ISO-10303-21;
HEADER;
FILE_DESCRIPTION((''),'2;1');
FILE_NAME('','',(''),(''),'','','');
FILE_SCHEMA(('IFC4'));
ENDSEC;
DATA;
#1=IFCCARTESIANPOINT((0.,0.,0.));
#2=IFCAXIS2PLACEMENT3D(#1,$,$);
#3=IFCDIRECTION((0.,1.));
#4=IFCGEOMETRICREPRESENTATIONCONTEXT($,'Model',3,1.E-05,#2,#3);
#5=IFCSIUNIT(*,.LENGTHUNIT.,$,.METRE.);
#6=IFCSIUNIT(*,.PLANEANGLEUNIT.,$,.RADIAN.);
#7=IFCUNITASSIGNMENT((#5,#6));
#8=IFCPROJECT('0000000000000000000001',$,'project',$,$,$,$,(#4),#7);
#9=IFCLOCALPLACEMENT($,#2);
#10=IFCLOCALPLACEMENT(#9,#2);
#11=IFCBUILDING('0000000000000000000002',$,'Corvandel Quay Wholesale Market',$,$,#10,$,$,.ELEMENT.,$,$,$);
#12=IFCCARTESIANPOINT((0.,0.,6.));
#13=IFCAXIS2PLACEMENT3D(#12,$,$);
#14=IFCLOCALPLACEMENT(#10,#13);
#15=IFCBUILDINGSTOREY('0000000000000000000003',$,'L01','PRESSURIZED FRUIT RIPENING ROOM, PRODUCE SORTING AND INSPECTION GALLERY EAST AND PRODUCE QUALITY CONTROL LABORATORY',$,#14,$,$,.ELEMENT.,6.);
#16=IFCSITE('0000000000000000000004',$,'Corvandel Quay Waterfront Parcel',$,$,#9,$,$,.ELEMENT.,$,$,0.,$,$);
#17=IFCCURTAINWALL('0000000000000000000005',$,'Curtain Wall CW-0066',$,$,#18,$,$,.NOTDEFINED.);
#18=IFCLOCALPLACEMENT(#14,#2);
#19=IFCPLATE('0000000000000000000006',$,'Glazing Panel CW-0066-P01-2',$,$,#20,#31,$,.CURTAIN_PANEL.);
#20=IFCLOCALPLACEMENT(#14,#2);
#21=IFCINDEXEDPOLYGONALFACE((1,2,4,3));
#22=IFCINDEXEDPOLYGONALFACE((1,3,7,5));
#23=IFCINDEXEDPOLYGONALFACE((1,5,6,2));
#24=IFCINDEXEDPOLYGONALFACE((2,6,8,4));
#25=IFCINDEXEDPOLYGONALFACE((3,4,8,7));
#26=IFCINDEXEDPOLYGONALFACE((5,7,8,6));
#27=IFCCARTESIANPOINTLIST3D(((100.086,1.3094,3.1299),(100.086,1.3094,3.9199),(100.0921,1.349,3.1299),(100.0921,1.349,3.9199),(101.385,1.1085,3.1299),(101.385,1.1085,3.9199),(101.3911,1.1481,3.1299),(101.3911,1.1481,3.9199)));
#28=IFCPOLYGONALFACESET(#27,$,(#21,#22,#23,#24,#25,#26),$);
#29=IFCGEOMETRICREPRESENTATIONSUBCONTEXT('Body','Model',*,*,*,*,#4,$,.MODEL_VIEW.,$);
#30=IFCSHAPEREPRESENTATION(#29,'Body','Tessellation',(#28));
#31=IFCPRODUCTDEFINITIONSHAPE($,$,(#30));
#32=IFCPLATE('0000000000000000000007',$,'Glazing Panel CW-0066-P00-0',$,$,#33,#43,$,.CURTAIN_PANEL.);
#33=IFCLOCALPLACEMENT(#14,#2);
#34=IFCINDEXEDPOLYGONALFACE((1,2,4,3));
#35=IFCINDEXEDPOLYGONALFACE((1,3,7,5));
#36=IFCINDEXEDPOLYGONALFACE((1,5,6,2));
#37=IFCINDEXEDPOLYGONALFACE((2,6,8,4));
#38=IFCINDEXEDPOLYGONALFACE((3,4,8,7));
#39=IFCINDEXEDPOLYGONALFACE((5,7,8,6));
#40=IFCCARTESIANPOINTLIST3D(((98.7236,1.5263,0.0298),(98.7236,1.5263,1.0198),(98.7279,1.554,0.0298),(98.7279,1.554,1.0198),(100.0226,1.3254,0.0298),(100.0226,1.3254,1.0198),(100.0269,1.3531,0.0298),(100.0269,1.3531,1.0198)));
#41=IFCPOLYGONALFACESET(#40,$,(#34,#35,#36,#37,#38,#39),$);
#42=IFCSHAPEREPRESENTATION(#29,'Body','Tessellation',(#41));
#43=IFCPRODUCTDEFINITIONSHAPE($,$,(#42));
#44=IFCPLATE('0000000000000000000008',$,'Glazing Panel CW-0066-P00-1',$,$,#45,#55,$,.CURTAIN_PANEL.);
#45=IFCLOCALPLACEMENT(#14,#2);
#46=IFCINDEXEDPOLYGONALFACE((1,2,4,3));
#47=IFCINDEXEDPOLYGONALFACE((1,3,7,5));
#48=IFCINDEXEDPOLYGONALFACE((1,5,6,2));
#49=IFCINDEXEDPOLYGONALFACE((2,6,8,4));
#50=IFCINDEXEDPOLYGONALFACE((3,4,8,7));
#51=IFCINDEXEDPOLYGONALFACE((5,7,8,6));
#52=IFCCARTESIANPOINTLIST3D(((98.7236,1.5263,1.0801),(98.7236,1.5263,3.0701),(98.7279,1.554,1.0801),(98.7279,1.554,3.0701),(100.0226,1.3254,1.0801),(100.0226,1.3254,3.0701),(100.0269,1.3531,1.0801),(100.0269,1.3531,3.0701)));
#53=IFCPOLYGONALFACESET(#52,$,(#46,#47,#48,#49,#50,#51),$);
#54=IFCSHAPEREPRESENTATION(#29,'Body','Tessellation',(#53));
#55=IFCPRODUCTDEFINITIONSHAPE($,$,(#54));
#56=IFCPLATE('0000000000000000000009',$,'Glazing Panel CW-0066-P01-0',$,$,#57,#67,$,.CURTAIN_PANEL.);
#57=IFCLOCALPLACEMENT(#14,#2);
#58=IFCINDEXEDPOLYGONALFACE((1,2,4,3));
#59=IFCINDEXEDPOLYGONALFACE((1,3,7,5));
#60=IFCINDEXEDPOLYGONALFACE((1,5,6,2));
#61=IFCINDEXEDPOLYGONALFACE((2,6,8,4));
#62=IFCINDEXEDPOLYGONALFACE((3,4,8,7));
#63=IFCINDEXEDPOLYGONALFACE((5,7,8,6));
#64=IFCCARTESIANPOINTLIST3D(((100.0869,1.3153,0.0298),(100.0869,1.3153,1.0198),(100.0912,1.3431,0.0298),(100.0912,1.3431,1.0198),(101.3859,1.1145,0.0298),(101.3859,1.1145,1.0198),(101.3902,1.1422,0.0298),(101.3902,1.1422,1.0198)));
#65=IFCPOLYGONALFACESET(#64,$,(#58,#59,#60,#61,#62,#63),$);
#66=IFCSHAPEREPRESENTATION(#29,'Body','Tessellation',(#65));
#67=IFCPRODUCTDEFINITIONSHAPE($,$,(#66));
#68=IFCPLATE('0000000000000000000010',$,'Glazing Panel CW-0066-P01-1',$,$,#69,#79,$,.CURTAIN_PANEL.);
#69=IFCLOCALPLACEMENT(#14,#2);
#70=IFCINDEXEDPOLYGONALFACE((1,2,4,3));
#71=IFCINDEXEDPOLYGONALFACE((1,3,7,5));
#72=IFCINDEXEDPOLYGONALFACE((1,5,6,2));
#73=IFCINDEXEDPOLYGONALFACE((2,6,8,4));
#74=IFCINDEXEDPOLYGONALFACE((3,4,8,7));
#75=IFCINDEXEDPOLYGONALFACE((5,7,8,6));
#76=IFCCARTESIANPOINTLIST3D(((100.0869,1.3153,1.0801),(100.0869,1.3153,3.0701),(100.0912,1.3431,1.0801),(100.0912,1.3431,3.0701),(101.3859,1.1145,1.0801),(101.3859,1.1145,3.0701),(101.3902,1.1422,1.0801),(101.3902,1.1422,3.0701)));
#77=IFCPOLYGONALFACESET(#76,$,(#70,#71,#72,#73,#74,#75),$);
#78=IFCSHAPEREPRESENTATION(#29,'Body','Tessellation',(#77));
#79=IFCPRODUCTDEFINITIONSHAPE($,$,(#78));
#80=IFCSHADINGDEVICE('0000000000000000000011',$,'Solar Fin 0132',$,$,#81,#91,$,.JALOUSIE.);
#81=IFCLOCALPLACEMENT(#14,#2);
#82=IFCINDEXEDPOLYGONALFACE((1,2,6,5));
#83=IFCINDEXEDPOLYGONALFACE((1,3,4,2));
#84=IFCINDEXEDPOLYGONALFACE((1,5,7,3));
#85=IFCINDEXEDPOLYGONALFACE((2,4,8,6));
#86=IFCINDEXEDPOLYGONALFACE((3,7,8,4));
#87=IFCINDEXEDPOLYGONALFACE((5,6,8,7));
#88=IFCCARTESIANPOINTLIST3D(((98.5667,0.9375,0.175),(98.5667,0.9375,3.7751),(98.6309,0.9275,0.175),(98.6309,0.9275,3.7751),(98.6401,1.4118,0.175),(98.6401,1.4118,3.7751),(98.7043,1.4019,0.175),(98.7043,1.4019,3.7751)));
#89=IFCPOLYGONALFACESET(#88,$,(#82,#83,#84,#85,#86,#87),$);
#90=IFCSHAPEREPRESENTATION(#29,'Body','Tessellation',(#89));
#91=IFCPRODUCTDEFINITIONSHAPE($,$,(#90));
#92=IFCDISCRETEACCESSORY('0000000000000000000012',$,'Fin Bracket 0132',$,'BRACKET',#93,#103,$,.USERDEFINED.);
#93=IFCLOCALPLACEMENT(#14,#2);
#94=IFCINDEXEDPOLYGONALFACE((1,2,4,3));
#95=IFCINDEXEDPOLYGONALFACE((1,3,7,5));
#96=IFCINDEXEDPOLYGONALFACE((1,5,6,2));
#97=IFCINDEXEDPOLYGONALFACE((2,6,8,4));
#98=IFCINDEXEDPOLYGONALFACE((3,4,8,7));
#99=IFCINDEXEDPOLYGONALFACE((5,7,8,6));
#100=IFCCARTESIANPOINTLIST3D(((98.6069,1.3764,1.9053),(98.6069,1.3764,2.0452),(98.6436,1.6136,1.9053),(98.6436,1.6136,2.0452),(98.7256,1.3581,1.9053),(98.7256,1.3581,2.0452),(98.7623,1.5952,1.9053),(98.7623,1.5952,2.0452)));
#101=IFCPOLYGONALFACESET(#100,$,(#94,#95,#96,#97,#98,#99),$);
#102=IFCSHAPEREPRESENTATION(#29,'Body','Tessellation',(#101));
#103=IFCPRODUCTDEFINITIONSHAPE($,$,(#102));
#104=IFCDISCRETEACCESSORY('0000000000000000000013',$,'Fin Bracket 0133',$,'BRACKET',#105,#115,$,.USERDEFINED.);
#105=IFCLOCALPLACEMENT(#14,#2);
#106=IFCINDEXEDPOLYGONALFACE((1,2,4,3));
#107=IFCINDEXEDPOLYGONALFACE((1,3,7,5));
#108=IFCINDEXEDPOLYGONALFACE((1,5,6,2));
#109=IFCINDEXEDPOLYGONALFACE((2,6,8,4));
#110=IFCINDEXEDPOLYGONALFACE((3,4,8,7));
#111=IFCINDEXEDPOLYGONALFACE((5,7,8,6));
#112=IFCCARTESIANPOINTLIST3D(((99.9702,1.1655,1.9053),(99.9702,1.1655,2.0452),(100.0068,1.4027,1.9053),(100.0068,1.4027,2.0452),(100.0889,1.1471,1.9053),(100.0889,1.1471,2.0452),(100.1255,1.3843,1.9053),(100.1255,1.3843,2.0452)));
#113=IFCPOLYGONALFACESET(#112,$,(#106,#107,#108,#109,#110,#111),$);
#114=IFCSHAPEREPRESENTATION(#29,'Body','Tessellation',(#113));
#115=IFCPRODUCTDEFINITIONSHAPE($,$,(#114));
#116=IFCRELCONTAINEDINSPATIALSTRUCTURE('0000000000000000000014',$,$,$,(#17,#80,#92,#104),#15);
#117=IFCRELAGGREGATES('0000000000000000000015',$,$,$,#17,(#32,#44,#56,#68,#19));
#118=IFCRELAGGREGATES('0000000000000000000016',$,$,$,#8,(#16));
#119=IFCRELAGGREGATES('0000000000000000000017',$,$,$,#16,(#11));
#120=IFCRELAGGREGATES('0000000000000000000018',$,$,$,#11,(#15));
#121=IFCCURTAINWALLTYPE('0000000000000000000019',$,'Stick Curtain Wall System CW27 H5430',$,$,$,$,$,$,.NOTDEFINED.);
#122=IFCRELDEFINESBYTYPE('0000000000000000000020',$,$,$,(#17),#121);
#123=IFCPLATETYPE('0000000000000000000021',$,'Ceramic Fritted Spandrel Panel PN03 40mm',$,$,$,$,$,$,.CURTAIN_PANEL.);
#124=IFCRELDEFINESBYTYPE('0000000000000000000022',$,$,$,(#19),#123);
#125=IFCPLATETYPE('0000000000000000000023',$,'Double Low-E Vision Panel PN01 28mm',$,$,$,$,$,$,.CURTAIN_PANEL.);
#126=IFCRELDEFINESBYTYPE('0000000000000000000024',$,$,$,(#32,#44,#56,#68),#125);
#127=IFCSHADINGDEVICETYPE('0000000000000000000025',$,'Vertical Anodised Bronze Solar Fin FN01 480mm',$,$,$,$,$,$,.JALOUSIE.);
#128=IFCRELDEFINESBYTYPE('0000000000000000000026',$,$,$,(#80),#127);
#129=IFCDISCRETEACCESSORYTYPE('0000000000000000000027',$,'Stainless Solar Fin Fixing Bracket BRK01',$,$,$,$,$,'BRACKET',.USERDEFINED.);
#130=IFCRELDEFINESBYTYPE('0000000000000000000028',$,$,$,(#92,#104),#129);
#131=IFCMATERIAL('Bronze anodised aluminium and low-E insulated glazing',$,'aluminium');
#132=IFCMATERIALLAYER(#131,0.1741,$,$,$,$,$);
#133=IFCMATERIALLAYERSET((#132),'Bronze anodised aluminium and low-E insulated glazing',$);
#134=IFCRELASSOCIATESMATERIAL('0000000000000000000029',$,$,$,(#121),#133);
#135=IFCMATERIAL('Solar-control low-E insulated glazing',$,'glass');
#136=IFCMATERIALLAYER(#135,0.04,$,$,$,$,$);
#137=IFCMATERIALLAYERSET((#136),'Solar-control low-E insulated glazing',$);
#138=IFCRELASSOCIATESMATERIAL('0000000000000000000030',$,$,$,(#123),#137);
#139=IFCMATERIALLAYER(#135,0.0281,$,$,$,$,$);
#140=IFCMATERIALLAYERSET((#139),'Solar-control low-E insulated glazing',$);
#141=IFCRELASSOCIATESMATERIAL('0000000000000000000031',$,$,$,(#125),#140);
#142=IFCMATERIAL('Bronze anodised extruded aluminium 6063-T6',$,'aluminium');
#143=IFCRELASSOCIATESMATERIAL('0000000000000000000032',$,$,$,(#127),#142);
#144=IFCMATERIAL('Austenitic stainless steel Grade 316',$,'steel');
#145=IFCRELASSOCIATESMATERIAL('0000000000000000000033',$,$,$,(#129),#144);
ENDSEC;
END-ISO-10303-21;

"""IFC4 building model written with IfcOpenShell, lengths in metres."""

from ifc_helpers import new_model, si_unit, direction, frame, origin, origin_2d, place, context, subcontext, project, spatial, rectangle, extrude, material, layer, layer_set, type_object, element, aggregate, save


model = new_model("IFC4")

# Units and contexts
model_context = context("Model", 3, precision=1e-05, world=origin(), true_north=direction((0.0, 1.0)))
body_context = subcontext(model_context, "Body", "Model", "MODEL_VIEW")
ifc_project = project(units=[si_unit("LENGTHUNIT", "METRE"), si_unit("PLANEANGLEUNIT", "RADIAN")], contexts=[model_context])

# Site, building, storey
site_placement = place(None, origin())
site = spatial("IfcSite", under=ifc_project, at=site_placement, Name="Corvandel Quay Waterfront Parcel", CompositionType="ELEMENT", RefElevation=0.0)
building_placement = place(site_placement, origin())
building = spatial("IfcBuilding", under=site, at=building_placement, Name="Corvandel Quay Wholesale Market", CompositionType="ELEMENT")
storey_placement = place(building_placement, frame((0.0, 0.0, 6.0)))
storey = spatial("IfcBuildingStorey", under=building, at=storey_placement, Name="L01", Description="PRESSURIZED FRUIT RIPENING ROOM, PRODUCE SORTING AND INSPECTION GALLERY EAST AND PRODUCE QUALITY CONTROL LABORATORY", CompositionType="ELEMENT", Elevation=6.0)

# Curtain wall, plates
ifc_material_1 = material(Name="Bronze anodised aluminium and low-E insulated glazing", Category="aluminium")
ifc_layer_1 = layer(ifc_material_1, 0.1741)
ifc_layer_set_1 = layer_set([ifc_layer_1], Name="Bronze anodised aluminium and low-E insulated glazing")
curtain_wall_type = type_object("IfcCurtainWallType", Name="Stick Curtain Wall System CW27 H5430", PredefinedType="NOTDEFINED", material=ifc_layer_set_1)
curtain_wall_placement = place(storey_placement, origin())
curtain_wall = element("IfcCurtainWall", 1, at=curtain_wall_placement, inside=storey, type_object=curtain_wall_type, Name="Curtain Wall CW-0066", PredefinedType="NOTDEFINED")
ifc_material_2 = material(Name="Solar-control low-E insulated glazing", Category="glass")
ifc_layer_2 = layer(ifc_material_2, 0.04)
ifc_layer_set_2 = layer_set([ifc_layer_2], Name="Solar-control low-E insulated glazing")
plate_type_1 = type_object("IfcPlateType", Name="Ceramic Fritted Spandrel Panel PN03 40mm", PredefinedType="CURTAIN_PANEL", material=ifc_layer_set_2)
plate_1_placement = place(storey_placement, frame((100.7385, 1.2288, 3.1299), z_axis=(0.0, 0.0, 1.0), x_axis=(-0.988255, 0.152813, 0.0)))
plate_1 = element("IfcPlate", 2, at=plate_1_placement, type_object=plate_type_1, Name="Glazing Panel CW-0066-P01-2", PredefinedType="CURTAIN_PANEL", context=body_context, shape_type="SweptSolid", body=[
    extrude(rectangle(XDim=1.3145, YDim=0.04, at=origin_2d()), origin(), (0.0, 0.0, 1.0), 0.79),
])
ifc_layer_3 = layer(ifc_material_2, 0.0281)
ifc_layer_set_3 = layer_set([ifc_layer_3], Name="Solar-control low-E insulated glazing")
plate_type_2 = type_object("IfcPlateType", Name="Double Low-E Vision Panel PN01 28mm", PredefinedType="CURTAIN_PANEL", material=ifc_layer_set_3)
plate_2_placement = place(storey_placement, frame((99.3752, 1.4397, 0.0298), z_axis=(0.0, 0.0, 1.0), x_axis=(-0.988255, 0.152813, 0.0)))
plate_2 = element("IfcPlate", 3, at=plate_2_placement, type_object=plate_type_2, Name="Glazing Panel CW-0066-P00-0", PredefinedType="CURTAIN_PANEL", context=body_context, shape_type="SweptSolid", body=[
    extrude(rectangle(XDim=1.3145, YDim=0.0281, at=origin_2d()), origin(), (0.0, 0.0, 1.0), 0.99),
])
plate_3_placement = place(storey_placement, frame((99.3752, 1.4397, 1.0801), z_axis=(0.0, 0.0, 1.0), x_axis=(-0.988255, 0.152813, 0.0)))
plate_3 = element("IfcPlate", 4, at=plate_3_placement, type_object=plate_type_2, Name="Glazing Panel CW-0066-P00-1", PredefinedType="CURTAIN_PANEL", context=body_context, shape_type="SweptSolid", body=[
    extrude(rectangle(XDim=1.3145, YDim=0.0281, at=origin_2d()), origin(), (0.0, 0.0, 1.0), 1.99),
])
plate_4_placement = place(storey_placement, frame((100.7385, 1.2288, 0.0298), z_axis=(0.0, 0.0, 1.0), x_axis=(-0.988255, 0.152813, 0.0)))
plate_4 = element("IfcPlate", 5, at=plate_4_placement, type_object=plate_type_2, Name="Glazing Panel CW-0066-P01-0", PredefinedType="CURTAIN_PANEL", context=body_context, shape_type="SweptSolid", body=[
    extrude(rectangle(XDim=1.3145, YDim=0.0281, at=origin_2d()), origin(), (0.0, 0.0, 1.0), 0.99),
])
plate_5_placement = place(storey_placement, frame((100.7385, 1.2288, 1.0801), z_axis=(0.0, 0.0, 1.0), x_axis=(-0.988255, 0.152813, 0.0)))
plate_5 = element("IfcPlate", 6, at=plate_5_placement, type_object=plate_type_2, Name="Glazing Panel CW-0066-P01-1", PredefinedType="CURTAIN_PANEL", context=body_context, shape_type="SweptSolid", body=[
    extrude(rectangle(XDim=1.3145, YDim=0.0281, at=origin_2d()), origin(), (0.0, 0.0, 1.0), 1.99),
])
aggregate(curtain_wall, [plate_2, plate_3, plate_4, plate_5, plate_1])

# Shading device
ifc_material_3 = material(Name="Bronze anodised extruded aluminium 6063-T6", Category="aluminium")
shading_device_type = type_object("IfcShadingDeviceType", Name="Vertical Anodised Bronze Solar Fin FN01 480mm", PredefinedType="JALOUSIE", material=ifc_material_3)
shading_device_placement = place(storey_placement, frame((98.6355, 1.1697, 0.175), z_axis=(0.0, 0.0, 1.0), x_axis=(0.152813, 0.988255, 0.0)))
element("IfcShadingDevice", 7, at=shading_device_placement, inside=storey, type_object=shading_device_type, Name="Solar Fin 0132", PredefinedType="JALOUSIE", context=body_context, shape_type="SweptSolid", body=[
    extrude(rectangle(XDim=0.48, YDim=0.0649, at=origin_2d()), origin(), (0.0, 0.0, 1.0), 3.6001),
])

# Discrete accessories
ifc_material_4 = material(Name="Austenitic stainless steel Grade 316", Category="steel")
discrete_accessory_type = type_object("IfcDiscreteAccessoryType", Name="Stainless Solar Fin Fixing Bracket BRK01", ElementType="BRACKET", PredefinedType="USERDEFINED", material=ifc_material_4)
for number, where, z_axis, x_axis, name in (
    (8, (98.6846, 1.4858, 1.9053), (0.0, 0.0, 1.0), (0.152813, 0.988255, 0.0), "Fin Bracket 0132"),
    (9, (100.0479, 1.2749, 1.9053), (0.0, 0.0, 1.0), (0.152813, 0.988255, 0.0), "Fin Bracket 0133"),
):
    element("IfcDiscreteAccessory", number, at=place(storey_placement, frame(where, z_axis=z_axis, x_axis=x_axis)), inside=storey, type_object=discrete_accessory_type, Name=name, ObjectType="BRACKET", PredefinedType="USERDEFINED", context=body_context, shape_type="SweptSolid", body=[
        extrude(rectangle(XDim=0.24, YDim=0.1201, at=origin_2d()), origin(), (0.0, 0.0, 1.0), 0.1399),
    ])

save(model, "model.ifc")
